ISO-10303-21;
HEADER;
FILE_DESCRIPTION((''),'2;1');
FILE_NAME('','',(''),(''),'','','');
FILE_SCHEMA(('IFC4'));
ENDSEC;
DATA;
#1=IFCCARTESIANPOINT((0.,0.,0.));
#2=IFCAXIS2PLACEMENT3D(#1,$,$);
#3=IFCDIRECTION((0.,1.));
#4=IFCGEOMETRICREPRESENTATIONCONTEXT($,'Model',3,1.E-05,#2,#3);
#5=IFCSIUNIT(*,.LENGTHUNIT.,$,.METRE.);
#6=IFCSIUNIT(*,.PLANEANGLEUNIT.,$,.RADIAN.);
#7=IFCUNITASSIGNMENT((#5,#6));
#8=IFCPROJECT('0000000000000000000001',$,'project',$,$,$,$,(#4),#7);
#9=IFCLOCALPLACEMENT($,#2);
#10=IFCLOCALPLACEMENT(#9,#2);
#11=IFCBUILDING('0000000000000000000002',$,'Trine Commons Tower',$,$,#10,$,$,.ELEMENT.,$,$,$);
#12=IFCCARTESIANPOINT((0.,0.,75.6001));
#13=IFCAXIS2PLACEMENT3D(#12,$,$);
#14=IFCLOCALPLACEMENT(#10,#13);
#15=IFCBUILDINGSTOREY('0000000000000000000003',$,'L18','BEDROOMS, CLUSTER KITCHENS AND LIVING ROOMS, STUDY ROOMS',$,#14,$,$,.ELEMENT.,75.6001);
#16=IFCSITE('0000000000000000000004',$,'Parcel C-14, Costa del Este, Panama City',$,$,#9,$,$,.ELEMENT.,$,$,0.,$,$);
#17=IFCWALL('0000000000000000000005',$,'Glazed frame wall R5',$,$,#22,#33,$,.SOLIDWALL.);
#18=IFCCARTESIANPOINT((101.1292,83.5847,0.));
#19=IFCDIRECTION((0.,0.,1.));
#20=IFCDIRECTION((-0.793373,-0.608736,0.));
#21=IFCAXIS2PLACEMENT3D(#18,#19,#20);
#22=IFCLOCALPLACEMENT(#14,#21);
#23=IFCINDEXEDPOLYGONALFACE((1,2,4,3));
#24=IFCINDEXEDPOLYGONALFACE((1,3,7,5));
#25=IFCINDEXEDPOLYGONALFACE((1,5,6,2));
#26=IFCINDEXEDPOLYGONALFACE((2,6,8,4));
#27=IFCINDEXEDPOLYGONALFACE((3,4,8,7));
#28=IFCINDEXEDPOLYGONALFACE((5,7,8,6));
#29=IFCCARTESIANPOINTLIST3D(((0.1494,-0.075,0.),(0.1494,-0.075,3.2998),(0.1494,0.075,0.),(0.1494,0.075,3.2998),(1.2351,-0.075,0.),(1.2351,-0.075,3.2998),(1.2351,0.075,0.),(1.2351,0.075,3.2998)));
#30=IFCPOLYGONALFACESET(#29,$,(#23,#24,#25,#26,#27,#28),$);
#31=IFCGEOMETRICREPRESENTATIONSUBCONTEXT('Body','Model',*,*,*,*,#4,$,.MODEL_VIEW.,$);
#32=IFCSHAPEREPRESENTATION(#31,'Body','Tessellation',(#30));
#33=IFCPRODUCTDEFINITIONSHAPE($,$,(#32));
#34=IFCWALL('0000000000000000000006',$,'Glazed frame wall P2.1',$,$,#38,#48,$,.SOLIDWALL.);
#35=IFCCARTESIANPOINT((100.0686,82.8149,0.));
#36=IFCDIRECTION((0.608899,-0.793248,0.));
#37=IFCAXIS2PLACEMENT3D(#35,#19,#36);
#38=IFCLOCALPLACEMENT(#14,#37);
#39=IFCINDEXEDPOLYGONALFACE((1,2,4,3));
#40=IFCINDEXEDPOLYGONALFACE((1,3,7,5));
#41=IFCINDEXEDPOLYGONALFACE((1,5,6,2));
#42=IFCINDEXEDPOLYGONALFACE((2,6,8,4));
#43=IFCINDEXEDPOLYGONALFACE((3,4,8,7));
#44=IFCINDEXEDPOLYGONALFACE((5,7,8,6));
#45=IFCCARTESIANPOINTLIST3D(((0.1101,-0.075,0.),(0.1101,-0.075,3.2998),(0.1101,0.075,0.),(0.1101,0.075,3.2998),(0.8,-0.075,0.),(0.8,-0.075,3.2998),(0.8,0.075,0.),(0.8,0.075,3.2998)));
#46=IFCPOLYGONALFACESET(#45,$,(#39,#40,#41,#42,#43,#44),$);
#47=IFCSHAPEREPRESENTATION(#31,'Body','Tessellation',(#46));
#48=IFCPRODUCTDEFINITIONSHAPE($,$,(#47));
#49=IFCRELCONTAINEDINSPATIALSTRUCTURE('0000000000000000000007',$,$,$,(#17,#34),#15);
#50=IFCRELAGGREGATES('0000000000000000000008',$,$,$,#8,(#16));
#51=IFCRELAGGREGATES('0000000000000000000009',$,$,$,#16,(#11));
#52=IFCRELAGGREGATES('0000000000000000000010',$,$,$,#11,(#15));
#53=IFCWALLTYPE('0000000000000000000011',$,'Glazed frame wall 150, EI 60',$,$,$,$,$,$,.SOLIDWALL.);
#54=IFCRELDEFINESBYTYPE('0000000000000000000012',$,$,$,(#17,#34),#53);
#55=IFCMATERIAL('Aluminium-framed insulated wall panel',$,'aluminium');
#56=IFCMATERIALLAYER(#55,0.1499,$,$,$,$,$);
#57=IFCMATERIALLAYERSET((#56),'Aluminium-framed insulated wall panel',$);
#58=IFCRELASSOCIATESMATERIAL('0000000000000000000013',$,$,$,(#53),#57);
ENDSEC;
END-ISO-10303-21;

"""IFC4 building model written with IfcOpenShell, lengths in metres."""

from ifc_helpers import new_model, si_unit, direction, frame, origin, place, context, subcontext, project, spatial, polyline, outline, extrude, material, layer, layer_set, type_object, element, save


model = new_model("IFC4")

# Units and contexts
model_context = context("Model", 3, precision=1e-05, world=origin(), true_north=direction((0.0, 1.0)))
body_context = subcontext(model_context, "Body", "Model", "MODEL_VIEW")
ifc_project = project(units=[si_unit("LENGTHUNIT", "METRE"), si_unit("PLANEANGLEUNIT", "RADIAN")], contexts=[model_context])

# Site, building, storey
site_placement = place(None, origin())
site = spatial("IfcSite", under=ifc_project, at=site_placement, Name="Parcel C-14, Costa del Este, Panama City", CompositionType="ELEMENT", RefElevation=0.0)
building_placement = place(site_placement, origin())
building = spatial("IfcBuilding", under=site, at=building_placement, Name="Trine Commons Tower", CompositionType="ELEMENT")
storey_placement = place(building_placement, frame((0.0, 0.0, 75.6001)))
storey = spatial("IfcBuildingStorey", under=building, at=storey_placement, Name="L18", Description="BEDROOMS, CLUSTER KITCHENS AND LIVING ROOMS, STUDY ROOMS", CompositionType="ELEMENT", Elevation=75.6001)

# Walls
ifc_material_1 = material(Name="Aluminium-framed insulated wall panel", Category="aluminium")
ifc_layer_1 = layer(ifc_material_1, 0.1499)
ifc_layer_set_1 = layer_set([ifc_layer_1], Name="Aluminium-framed insulated wall panel")
wall_type_1 = type_object("IfcWallType", Name="Glazed frame wall 150, EI 60", PredefinedType="SOLIDWALL", material=ifc_layer_set_1)
wall_1_placement = place(storey_placement, frame((101.1292, 83.5847, 0.0), z_axis=(0.0, 0.0, 1.0), x_axis=(-0.793373, -0.608736, 0.0)))
element("IfcWall", 1, at=wall_1_placement, inside=storey, type_object=wall_type_1, Name="Glazed frame wall R5", PredefinedType="SOLIDWALL", context=body_context, shape_type="SweptSolid", body=[
    extrude(outline(polyline([(0.1494, 0.075), (0.1494, -0.075), (1.2351, -0.075), (1.2351, 0.075), (0.1494, 0.075)])), origin(), (0.0, 0.0, 1.0), 3.2998),
])
wall_2_placement = place(storey_placement, frame((100.0686, 82.8149, 0.0), z_axis=(0.0, 0.0, 1.0), x_axis=(0.608899, -0.793248, 0.0)))
element("IfcWall", 2, at=wall_2_placement, inside=storey, type_object=wall_type_1, Name="Glazed frame wall P2.1", PredefinedType="SOLIDWALL", context=body_context, shape_type="SweptSolid", body=[
    extrude(outline(polyline([(0.1101, -0.075), (0.8, -0.075), (0.8, 0.075), (0.1101, 0.075), (0.1101, -0.075)])), origin(), (0.0, 0.0, 1.0), 3.2998),
])

save(model, "model.ifc")
